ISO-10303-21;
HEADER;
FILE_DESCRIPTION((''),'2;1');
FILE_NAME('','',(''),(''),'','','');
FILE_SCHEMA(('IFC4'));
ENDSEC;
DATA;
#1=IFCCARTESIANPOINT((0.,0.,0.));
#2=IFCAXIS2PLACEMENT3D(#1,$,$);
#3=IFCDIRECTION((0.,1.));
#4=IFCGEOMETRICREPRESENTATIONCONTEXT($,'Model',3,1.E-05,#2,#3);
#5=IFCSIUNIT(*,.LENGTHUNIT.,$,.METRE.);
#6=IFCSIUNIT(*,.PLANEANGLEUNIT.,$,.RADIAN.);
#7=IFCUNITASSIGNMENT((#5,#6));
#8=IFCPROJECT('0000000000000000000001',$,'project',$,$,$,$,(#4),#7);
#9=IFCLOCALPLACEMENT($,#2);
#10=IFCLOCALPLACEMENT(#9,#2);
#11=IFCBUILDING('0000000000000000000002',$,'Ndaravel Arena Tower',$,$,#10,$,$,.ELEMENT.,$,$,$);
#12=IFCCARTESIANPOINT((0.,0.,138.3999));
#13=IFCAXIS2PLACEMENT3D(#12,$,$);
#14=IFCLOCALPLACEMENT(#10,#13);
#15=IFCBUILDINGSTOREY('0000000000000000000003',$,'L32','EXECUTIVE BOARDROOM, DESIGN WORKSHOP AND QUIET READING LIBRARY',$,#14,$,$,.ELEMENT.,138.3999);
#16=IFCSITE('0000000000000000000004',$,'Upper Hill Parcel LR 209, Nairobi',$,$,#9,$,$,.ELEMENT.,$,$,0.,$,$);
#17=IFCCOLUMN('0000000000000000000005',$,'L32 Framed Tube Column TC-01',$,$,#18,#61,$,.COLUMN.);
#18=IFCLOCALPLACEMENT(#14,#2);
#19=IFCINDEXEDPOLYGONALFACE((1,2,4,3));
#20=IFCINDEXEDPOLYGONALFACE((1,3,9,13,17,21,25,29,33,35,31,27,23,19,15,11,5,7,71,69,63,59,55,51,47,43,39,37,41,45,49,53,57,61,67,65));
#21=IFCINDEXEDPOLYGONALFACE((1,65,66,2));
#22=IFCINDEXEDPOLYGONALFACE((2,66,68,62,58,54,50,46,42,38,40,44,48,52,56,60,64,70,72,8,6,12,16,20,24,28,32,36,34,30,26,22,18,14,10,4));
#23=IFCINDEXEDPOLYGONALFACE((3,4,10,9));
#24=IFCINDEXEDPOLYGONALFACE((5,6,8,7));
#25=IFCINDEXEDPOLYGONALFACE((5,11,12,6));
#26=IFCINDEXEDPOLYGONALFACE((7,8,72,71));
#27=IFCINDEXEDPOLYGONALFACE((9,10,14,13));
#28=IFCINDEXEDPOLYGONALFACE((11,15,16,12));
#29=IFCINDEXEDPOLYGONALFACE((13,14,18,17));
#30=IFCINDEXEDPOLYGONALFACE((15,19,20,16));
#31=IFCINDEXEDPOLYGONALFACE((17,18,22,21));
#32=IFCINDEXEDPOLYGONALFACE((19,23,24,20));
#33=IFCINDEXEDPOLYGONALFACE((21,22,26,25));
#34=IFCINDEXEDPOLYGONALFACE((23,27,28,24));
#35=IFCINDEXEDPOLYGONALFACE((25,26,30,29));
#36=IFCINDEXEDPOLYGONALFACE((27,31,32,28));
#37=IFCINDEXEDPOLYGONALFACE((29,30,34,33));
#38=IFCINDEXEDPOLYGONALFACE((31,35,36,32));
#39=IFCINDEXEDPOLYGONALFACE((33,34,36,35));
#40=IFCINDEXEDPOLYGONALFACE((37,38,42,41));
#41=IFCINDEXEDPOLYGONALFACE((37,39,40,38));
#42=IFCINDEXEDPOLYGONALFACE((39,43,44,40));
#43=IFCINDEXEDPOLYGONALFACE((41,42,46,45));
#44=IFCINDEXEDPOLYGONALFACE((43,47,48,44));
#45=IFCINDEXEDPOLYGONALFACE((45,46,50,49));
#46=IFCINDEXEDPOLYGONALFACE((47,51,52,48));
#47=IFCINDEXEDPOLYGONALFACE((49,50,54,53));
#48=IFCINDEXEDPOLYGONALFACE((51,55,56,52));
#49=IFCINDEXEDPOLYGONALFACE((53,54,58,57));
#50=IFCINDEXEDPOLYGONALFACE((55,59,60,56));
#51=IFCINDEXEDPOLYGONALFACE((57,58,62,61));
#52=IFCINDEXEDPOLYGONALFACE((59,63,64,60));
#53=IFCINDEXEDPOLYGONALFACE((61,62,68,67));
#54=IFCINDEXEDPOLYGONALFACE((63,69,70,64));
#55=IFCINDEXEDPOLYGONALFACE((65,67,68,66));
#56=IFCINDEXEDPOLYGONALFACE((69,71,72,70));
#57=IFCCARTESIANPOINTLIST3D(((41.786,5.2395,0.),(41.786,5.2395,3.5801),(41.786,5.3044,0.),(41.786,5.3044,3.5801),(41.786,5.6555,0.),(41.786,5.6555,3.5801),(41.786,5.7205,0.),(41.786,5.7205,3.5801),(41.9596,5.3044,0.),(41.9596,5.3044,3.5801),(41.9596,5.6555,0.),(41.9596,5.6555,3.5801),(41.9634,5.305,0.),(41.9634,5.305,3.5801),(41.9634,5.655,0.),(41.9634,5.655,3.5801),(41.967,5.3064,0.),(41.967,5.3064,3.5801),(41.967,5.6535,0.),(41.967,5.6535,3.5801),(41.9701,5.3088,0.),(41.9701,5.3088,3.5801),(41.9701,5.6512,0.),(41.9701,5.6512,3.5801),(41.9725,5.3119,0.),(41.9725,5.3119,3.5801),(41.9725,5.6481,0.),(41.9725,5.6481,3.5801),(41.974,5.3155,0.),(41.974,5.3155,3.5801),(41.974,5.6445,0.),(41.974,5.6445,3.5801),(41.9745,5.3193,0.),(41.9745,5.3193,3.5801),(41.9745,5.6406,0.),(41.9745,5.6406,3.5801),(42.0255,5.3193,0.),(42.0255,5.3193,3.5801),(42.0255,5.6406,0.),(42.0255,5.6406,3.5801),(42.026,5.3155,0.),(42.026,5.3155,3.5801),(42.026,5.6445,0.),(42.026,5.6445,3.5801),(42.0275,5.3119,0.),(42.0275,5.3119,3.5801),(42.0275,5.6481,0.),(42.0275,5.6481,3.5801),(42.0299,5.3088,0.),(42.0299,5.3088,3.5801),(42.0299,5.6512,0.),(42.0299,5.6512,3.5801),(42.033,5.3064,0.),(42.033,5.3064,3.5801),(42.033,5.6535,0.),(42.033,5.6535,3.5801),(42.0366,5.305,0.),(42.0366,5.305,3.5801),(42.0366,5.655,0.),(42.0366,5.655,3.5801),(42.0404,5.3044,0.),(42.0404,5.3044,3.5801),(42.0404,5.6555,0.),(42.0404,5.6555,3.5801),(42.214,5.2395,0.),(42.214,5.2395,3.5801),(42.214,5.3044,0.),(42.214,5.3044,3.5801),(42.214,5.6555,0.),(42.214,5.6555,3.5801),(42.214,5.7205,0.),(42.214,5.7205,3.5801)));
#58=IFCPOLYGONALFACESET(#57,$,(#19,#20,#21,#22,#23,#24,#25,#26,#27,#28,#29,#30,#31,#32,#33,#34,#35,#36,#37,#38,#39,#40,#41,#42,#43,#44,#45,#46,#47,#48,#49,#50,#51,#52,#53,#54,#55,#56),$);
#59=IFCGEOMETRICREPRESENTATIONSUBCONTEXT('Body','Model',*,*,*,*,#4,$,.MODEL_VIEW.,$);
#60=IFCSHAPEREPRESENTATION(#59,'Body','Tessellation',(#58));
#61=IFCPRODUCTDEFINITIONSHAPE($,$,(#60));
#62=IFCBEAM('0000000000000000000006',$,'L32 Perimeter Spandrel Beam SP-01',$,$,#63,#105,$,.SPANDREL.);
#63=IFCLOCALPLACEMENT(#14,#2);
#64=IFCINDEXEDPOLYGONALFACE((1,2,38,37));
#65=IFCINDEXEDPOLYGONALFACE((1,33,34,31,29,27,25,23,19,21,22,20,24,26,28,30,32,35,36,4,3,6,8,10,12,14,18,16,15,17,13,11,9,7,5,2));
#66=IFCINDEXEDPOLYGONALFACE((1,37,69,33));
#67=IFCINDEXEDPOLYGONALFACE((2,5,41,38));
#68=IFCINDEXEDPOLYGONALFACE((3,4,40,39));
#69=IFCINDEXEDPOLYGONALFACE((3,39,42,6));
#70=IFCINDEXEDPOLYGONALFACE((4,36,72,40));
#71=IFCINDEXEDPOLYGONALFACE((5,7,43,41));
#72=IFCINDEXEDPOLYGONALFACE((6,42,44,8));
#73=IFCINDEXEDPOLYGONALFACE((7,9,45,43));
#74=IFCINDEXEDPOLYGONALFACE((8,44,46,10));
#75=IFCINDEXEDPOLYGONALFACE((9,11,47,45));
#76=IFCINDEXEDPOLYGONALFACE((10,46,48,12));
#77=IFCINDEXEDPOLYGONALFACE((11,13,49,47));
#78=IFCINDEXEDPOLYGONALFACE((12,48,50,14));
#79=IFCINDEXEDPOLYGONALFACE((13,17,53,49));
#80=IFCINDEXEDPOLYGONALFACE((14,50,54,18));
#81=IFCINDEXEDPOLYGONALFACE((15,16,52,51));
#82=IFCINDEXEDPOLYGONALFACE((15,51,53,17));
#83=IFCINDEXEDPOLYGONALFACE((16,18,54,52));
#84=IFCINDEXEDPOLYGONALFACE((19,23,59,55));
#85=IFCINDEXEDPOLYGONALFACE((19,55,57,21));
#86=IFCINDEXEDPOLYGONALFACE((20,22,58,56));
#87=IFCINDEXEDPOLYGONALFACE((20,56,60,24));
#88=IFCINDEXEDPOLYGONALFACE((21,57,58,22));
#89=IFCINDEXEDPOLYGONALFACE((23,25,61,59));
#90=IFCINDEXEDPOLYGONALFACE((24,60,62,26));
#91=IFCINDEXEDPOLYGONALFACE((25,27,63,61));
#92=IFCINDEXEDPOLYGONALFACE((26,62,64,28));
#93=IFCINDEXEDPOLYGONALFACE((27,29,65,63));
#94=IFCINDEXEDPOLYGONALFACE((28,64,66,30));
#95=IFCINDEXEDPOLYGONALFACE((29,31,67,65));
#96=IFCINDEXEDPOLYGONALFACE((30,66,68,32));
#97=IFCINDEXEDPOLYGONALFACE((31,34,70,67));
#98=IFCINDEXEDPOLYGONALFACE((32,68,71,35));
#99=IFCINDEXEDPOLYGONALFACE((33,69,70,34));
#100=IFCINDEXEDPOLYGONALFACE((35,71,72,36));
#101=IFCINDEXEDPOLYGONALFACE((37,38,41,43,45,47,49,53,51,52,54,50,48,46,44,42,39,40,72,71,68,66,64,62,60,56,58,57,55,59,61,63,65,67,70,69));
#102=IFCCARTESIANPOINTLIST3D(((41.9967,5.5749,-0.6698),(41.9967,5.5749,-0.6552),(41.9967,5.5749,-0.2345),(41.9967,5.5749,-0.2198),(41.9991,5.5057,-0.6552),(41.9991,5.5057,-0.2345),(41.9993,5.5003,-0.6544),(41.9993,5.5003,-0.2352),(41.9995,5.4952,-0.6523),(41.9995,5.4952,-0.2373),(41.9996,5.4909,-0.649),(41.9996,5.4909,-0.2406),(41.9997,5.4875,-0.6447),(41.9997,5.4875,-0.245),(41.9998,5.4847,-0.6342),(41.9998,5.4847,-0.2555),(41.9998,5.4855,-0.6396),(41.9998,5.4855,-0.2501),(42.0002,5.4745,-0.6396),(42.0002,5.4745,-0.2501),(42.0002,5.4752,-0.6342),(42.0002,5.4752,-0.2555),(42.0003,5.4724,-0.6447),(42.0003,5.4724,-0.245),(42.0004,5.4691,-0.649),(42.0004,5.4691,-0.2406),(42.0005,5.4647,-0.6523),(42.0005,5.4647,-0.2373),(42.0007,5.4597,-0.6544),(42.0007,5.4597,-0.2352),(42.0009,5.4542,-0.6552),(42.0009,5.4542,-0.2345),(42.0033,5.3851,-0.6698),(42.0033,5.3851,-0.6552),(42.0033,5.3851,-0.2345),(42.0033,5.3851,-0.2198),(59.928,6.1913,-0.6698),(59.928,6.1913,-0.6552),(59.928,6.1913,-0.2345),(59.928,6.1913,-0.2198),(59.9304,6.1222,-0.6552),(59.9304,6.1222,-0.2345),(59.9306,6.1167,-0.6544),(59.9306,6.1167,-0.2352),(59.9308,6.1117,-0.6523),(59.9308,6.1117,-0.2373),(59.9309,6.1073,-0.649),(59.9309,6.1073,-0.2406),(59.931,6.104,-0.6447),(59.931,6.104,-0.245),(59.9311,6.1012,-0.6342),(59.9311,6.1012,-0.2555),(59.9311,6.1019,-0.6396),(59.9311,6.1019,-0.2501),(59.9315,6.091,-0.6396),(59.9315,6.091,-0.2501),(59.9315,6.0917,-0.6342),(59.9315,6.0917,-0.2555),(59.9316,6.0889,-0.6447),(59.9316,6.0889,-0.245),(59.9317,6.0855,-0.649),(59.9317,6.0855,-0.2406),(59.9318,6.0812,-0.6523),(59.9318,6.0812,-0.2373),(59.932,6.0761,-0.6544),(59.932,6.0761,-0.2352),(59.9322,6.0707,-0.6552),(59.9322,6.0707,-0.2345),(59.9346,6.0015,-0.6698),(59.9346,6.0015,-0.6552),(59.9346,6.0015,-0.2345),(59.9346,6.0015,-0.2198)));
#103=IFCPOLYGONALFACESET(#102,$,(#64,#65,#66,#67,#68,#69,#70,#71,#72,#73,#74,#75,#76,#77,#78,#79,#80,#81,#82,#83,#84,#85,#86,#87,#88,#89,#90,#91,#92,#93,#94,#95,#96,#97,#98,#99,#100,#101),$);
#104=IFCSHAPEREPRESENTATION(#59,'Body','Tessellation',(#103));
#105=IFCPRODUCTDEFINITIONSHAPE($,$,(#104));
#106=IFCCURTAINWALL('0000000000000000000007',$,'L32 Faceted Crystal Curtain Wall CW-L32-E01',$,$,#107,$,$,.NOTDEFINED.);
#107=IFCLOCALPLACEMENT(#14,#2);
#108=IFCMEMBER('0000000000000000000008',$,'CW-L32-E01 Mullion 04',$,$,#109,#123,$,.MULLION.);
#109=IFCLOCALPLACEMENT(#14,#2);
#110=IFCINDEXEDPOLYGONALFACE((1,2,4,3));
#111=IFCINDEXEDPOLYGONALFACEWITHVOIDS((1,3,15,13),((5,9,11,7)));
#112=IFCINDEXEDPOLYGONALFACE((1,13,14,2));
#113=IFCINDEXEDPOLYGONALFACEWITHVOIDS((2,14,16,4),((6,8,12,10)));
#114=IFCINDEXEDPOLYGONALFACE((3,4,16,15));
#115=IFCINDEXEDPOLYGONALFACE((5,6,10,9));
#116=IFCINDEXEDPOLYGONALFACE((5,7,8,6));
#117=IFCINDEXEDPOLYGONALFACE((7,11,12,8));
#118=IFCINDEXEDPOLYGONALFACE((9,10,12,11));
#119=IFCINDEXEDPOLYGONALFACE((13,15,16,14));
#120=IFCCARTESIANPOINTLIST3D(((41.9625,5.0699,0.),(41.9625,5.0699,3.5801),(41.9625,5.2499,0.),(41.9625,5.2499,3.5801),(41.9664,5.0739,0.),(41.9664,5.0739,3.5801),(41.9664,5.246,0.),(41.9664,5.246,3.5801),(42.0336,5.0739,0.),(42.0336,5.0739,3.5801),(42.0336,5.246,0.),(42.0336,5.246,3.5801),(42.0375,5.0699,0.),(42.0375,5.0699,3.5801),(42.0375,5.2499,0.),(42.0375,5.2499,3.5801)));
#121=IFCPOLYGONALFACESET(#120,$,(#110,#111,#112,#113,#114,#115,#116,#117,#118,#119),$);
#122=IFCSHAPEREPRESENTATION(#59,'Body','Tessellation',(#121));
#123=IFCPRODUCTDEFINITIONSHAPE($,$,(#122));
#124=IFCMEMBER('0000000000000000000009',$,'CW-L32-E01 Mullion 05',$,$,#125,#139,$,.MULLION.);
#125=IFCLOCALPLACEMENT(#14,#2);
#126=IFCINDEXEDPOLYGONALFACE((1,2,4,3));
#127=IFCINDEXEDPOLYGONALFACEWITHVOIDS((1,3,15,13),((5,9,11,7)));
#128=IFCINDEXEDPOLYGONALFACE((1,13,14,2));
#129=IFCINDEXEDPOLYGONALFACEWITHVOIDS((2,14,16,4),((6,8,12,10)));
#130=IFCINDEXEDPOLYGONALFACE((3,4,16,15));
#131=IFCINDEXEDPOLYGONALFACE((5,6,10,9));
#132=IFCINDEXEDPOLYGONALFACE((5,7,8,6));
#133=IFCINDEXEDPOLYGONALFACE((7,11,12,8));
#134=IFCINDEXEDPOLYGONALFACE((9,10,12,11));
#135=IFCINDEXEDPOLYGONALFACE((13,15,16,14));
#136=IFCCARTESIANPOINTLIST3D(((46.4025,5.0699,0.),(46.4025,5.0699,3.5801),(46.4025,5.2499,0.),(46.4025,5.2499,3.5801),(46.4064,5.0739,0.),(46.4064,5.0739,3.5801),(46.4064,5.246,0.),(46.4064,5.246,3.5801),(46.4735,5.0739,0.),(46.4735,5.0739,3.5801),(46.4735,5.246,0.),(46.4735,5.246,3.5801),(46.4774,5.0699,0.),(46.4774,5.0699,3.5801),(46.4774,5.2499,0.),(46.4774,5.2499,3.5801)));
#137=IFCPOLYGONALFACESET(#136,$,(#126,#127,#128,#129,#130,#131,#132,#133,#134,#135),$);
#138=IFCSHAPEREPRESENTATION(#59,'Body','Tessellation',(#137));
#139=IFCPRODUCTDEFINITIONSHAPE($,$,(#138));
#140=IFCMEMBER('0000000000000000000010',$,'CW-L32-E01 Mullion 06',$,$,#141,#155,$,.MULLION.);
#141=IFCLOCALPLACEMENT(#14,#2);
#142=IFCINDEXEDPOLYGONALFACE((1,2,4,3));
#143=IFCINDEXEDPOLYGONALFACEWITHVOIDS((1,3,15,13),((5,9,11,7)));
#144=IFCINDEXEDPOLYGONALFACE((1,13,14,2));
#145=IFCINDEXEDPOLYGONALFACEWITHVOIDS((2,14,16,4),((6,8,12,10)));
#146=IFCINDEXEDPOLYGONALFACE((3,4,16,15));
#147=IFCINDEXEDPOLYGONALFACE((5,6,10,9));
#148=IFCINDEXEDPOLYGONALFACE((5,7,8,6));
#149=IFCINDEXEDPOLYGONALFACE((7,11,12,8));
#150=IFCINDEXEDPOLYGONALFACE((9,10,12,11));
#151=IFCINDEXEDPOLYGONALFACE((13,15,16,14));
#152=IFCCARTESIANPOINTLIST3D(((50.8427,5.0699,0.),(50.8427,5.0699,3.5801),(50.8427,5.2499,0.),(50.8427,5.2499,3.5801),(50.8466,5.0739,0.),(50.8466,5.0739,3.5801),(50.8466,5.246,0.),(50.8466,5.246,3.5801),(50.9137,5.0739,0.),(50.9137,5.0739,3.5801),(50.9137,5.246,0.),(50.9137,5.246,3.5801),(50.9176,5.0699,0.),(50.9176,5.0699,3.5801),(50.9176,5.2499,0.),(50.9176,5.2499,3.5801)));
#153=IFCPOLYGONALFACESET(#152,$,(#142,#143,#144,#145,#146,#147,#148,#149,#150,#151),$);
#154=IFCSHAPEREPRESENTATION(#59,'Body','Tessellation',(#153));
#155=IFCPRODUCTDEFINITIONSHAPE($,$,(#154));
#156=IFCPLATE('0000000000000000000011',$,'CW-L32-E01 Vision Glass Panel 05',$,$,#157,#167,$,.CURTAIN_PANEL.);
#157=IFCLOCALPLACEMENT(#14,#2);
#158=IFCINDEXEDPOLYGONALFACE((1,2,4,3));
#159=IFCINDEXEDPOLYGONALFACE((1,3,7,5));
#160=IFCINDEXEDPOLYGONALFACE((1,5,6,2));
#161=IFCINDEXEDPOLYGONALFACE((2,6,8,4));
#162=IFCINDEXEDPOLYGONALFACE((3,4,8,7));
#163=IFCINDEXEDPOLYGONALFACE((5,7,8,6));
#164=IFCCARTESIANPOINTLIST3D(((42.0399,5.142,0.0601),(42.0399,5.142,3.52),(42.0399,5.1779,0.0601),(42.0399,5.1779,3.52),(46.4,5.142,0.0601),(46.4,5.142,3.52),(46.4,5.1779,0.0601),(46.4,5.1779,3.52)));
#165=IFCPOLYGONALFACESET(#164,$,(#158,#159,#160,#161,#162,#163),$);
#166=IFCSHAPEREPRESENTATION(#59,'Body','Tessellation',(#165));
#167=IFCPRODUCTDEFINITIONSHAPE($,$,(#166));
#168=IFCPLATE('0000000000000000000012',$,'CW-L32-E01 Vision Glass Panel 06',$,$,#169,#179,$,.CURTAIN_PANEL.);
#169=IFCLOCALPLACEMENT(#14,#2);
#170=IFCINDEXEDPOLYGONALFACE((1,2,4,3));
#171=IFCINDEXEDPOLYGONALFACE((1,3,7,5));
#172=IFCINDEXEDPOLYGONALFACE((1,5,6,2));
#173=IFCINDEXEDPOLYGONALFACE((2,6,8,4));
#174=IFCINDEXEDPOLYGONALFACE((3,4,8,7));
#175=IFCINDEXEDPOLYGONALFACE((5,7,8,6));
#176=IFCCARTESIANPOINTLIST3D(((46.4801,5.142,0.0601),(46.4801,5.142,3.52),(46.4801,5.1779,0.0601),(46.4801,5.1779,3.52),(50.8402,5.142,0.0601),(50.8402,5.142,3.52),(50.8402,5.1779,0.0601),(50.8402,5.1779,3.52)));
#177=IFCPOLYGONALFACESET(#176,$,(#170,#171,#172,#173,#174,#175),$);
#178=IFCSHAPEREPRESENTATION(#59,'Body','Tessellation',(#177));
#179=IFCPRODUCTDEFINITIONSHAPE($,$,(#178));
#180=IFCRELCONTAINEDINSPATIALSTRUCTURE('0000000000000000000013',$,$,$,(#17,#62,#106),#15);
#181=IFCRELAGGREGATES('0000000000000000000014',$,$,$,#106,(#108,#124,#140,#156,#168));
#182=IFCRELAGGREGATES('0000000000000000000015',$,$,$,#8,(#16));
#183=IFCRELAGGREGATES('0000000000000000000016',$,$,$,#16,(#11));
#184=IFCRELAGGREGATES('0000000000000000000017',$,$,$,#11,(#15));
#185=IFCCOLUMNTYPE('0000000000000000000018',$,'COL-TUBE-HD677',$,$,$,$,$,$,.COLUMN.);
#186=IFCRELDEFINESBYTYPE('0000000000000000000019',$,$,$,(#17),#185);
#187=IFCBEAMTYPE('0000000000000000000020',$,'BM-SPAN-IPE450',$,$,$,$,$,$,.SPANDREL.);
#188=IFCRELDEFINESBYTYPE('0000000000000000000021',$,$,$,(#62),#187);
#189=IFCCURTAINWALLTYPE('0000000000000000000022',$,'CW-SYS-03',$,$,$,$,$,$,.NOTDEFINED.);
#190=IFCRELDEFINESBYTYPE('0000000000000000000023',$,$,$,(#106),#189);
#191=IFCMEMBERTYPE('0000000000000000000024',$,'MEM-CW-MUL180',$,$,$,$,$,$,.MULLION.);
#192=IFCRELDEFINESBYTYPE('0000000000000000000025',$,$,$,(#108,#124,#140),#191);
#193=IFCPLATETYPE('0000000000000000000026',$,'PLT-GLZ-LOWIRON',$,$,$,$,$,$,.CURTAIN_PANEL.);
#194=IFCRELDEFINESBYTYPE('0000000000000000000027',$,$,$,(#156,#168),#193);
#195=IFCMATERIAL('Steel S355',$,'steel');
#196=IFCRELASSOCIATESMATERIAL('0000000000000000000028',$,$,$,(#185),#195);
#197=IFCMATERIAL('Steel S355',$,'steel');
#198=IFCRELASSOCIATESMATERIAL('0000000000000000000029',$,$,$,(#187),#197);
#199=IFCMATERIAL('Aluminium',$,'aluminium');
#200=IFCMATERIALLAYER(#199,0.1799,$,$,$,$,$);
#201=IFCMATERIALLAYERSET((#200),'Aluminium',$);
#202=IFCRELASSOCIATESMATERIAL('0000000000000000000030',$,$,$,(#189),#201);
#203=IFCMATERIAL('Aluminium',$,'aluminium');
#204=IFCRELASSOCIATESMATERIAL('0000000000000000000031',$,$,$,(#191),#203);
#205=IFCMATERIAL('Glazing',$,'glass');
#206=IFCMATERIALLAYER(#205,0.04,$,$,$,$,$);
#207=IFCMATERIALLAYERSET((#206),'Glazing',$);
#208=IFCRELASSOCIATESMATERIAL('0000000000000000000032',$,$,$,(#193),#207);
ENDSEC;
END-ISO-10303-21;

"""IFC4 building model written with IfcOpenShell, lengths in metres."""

from ifc_helpers import new_model, si_unit, direction, frame, origin, origin_2d, place, context, subcontext, project, spatial, rectangle, hollow_rectangle, i_section, extrude, material, layer, layer_set, material_profile, profile_set, type_object, element, aggregate, save


model = new_model("IFC4")

# Units and contexts
model_context = context("Model", 3, precision=1e-05, world=origin(), true_north=direction((0.0, 1.0)))
body_context = subcontext(model_context, "Body", "Model", "MODEL_VIEW")
ifc_project = project(units=[si_unit("LENGTHUNIT", "METRE"), si_unit("PLANEANGLEUNIT", "RADIAN")], contexts=[model_context])

# Site, building, storey
site_placement = place(None, origin())
site = spatial("IfcSite", under=ifc_project, at=site_placement, Name="Upper Hill Parcel LR 209, Nairobi", CompositionType="ELEMENT", RefElevation=0.0)
building_placement = place(site_placement, origin())
building = spatial("IfcBuilding", under=site, at=building_placement, Name="Ndaravel Arena Tower", CompositionType="ELEMENT")
storey_placement = place(building_placement, frame((0.0, 0.0, 138.3999)))
storey = spatial("IfcBuildingStorey", under=building, at=storey_placement, Name="L32", Description="EXECUTIVE BOARDROOM, DESIGN WORKSHOP AND QUIET READING LIBRARY", CompositionType="ELEMENT", Elevation=138.3999)

# Column
ifc_material_1 = material(Name="Steel S355", Category="steel")
ifc_material_profile_1 = material_profile(ifc_material_1, i_section(OverallWidth=0.428, OverallDepth=0.481, WebThickness=0.051, FlangeThickness=0.0649, FilletRadius=0.0149, at=origin_2d()), Name="HD 400x677")
ifc_profile_set_1 = profile_set([ifc_material_profile_1], Name="Steel S355")
column_type = type_object("IfcColumnType", Name="COL-TUBE-HD677", PredefinedType="COLUMN", material=ifc_profile_set_1)
column_placement = place(storey_placement, frame((42.0, 5.48, 0.0), z_axis=(0.0, 0.0, 1.0), x_axis=(1.0, 0.0, 0.0)))
element("IfcColumn", 1, at=column_placement, inside=storey, type_object=column_type, Name="L32 Framed Tube Column TC-01", PredefinedType="COLUMN", context=body_context, shape_type="SweptSolid", body=[
    extrude(i_section(OverallWidth=0.428, OverallDepth=0.481, WebThickness=0.051, FlangeThickness=0.0649, FilletRadius=0.0149, at=origin_2d()), origin(), (0.0, 0.0, 1.0), 3.5801),
])

# Beam
ifc_material_2 = material(Name="Steel S355", Category="steel")
ifc_material_profile_2 = material_profile(ifc_material_2, i_section(OverallWidth=0.1899, OverallDepth=0.45, WebThickness=0.0095, FlangeThickness=0.0146, FilletRadius=0.021, at=origin_2d()), Name="IPE 450")
ifc_profile_set_2 = profile_set([ifc_material_profile_2], Name="Steel S355")
beam_type = type_object("IfcBeamType", Name="BM-SPAN-IPE450", PredefinedType="SPANDREL", material=ifc_profile_set_2)
beam_placement = place(storey_placement, frame((42.0, 5.48, -0.4448), z_axis=(0.99941, 0.034358, 0.0), x_axis=(-0.034358, 0.99941, 0.0)))
element("IfcBeam", 2, at=beam_placement, inside=storey, type_object=beam_type, Name="L32 Perimeter Spandrel Beam SP-01", PredefinedType="SPANDREL", context=body_context, shape_type="SweptSolid", body=[
    extrude(i_section(OverallWidth=0.1899, OverallDepth=0.45, WebThickness=0.0095, FlangeThickness=0.0146, FilletRadius=0.021, at=origin_2d()), origin(), (0.0, 0.0, 1.0), 17.9419),
])

# Curtain wall, members, plates
ifc_material_3 = material(Name="Aluminium", Category="aluminium")
ifc_layer_1 = layer(ifc_material_3, 0.1799)
ifc_layer_set_1 = layer_set([ifc_layer_1], Name="Aluminium")
curtain_wall_type = type_object("IfcCurtainWallType", Name="CW-SYS-03", PredefinedType="NOTDEFINED", material=ifc_layer_set_1)
curtain_wall_placement = place(storey_placement, origin())
curtain_wall = element("IfcCurtainWall", 3, at=curtain_wall_placement, inside=storey, type_object=curtain_wall_type, Name="L32 Faceted Crystal Curtain Wall CW-L32-E01", PredefinedType="NOTDEFINED")
ifc_material_4 = material(Name="Aluminium", Category="aluminium")
ifc_material_profile_3 = material_profile(ifc_material_4, hollow_rectangle(XDim=0.075, YDim=0.1799, WallThickness=0.0039, at=origin_2d()), Name="CW MULLION 75x180x4")
ifc_profile_set_3 = profile_set([ifc_material_profile_3], Name="Aluminium")
member_type = type_object("IfcMemberType", Name="MEM-CW-MUL180", PredefinedType="MULLION", material=ifc_profile_set_3)
member_1_placement = place(storey_placement, frame((42.0, 5.1599, 0.0), z_axis=(0.0, 0.0, 1.0), x_axis=(1.0, 0.0, 0.0)))
member_1 = element("IfcMember", 4, at=member_1_placement, type_object=member_type, Name="CW-L32-E01 Mullion 04", PredefinedType="MULLION", context=body_context, shape_type="SweptSolid", body=[
    extrude(hollow_rectangle(XDim=0.075, YDim=0.1799, WallThickness=0.0039, at=origin_2d()), origin(), (0.0, 0.0, 1.0), 3.5801),
])
member_2_placement = place(storey_placement, frame((46.4399, 5.1599, 0.0), z_axis=(0.0, 0.0, 1.0), x_axis=(1.0, 0.0, 0.0)))
member_2 = element("IfcMember", 5, at=member_2_placement, type_object=member_type, Name="CW-L32-E01 Mullion 05", PredefinedType="MULLION", context=body_context, shape_type="SweptSolid", body=[
    extrude(hollow_rectangle(XDim=0.075, YDim=0.1799, WallThickness=0.0039, at=origin_2d()), origin(), (0.0, 0.0, 1.0), 3.5801),
])
member_3_placement = place(storey_placement, frame((50.8801, 5.1599, 0.0), z_axis=(0.0, 0.0, 1.0), x_axis=(1.0, 0.0, 0.0)))
member_3 = element("IfcMember", 6, at=member_3_placement, type_object=member_type, Name="CW-L32-E01 Mullion 06", PredefinedType="MULLION", context=body_context, shape_type="SweptSolid", body=[
    extrude(hollow_rectangle(XDim=0.075, YDim=0.1799, WallThickness=0.0039, at=origin_2d()), origin(), (0.0, 0.0, 1.0), 3.5801),
])
ifc_material_5 = material(Name="Glazing", Category="glass")
ifc_layer_2 = layer(ifc_material_5, 0.04)
ifc_layer_set_2 = layer_set([ifc_layer_2], Name="Glazing")
plate_type = type_object("IfcPlateType", Name="PLT-GLZ-LOWIRON", PredefinedType="CURTAIN_PANEL", material=ifc_layer_set_2)
plate_1_placement = place(storey_placement, frame((44.22, 5.1599, 0.0601), z_axis=(0.0, 0.0, 1.0), x_axis=(1.0, 0.0, 0.0)))
plate_1 = element("IfcPlate", 7, at=plate_1_placement, type_object=plate_type, Name="CW-L32-E01 Vision Glass Panel 05", PredefinedType="CURTAIN_PANEL", context=body_context, shape_type="SweptSolid", body=[
    extrude(rectangle(XDim=4.3601, YDim=0.0359, at=origin_2d()), origin(), (0.0, 0.0, 1.0), 3.46),
])
plate_2_placement = place(storey_placement, frame((48.6602, 5.1599, 0.0601), z_axis=(0.0, 0.0, 1.0), x_axis=(1.0, 0.0, 0.0)))
plate_2 = element("IfcPlate", 8, at=plate_2_placement, type_object=plate_type, Name="CW-L32-E01 Vision Glass Panel 06", PredefinedType="CURTAIN_PANEL", context=body_context, shape_type="SweptSolid", body=[
    extrude(rectangle(XDim=4.3601, YDim=0.0359, at=origin_2d()), origin(), (0.0, 0.0, 1.0), 3.46),
])
aggregate(curtain_wall, [member_1, member_2, member_3, plate_1, plate_2])

save(model, "model.ifc")
